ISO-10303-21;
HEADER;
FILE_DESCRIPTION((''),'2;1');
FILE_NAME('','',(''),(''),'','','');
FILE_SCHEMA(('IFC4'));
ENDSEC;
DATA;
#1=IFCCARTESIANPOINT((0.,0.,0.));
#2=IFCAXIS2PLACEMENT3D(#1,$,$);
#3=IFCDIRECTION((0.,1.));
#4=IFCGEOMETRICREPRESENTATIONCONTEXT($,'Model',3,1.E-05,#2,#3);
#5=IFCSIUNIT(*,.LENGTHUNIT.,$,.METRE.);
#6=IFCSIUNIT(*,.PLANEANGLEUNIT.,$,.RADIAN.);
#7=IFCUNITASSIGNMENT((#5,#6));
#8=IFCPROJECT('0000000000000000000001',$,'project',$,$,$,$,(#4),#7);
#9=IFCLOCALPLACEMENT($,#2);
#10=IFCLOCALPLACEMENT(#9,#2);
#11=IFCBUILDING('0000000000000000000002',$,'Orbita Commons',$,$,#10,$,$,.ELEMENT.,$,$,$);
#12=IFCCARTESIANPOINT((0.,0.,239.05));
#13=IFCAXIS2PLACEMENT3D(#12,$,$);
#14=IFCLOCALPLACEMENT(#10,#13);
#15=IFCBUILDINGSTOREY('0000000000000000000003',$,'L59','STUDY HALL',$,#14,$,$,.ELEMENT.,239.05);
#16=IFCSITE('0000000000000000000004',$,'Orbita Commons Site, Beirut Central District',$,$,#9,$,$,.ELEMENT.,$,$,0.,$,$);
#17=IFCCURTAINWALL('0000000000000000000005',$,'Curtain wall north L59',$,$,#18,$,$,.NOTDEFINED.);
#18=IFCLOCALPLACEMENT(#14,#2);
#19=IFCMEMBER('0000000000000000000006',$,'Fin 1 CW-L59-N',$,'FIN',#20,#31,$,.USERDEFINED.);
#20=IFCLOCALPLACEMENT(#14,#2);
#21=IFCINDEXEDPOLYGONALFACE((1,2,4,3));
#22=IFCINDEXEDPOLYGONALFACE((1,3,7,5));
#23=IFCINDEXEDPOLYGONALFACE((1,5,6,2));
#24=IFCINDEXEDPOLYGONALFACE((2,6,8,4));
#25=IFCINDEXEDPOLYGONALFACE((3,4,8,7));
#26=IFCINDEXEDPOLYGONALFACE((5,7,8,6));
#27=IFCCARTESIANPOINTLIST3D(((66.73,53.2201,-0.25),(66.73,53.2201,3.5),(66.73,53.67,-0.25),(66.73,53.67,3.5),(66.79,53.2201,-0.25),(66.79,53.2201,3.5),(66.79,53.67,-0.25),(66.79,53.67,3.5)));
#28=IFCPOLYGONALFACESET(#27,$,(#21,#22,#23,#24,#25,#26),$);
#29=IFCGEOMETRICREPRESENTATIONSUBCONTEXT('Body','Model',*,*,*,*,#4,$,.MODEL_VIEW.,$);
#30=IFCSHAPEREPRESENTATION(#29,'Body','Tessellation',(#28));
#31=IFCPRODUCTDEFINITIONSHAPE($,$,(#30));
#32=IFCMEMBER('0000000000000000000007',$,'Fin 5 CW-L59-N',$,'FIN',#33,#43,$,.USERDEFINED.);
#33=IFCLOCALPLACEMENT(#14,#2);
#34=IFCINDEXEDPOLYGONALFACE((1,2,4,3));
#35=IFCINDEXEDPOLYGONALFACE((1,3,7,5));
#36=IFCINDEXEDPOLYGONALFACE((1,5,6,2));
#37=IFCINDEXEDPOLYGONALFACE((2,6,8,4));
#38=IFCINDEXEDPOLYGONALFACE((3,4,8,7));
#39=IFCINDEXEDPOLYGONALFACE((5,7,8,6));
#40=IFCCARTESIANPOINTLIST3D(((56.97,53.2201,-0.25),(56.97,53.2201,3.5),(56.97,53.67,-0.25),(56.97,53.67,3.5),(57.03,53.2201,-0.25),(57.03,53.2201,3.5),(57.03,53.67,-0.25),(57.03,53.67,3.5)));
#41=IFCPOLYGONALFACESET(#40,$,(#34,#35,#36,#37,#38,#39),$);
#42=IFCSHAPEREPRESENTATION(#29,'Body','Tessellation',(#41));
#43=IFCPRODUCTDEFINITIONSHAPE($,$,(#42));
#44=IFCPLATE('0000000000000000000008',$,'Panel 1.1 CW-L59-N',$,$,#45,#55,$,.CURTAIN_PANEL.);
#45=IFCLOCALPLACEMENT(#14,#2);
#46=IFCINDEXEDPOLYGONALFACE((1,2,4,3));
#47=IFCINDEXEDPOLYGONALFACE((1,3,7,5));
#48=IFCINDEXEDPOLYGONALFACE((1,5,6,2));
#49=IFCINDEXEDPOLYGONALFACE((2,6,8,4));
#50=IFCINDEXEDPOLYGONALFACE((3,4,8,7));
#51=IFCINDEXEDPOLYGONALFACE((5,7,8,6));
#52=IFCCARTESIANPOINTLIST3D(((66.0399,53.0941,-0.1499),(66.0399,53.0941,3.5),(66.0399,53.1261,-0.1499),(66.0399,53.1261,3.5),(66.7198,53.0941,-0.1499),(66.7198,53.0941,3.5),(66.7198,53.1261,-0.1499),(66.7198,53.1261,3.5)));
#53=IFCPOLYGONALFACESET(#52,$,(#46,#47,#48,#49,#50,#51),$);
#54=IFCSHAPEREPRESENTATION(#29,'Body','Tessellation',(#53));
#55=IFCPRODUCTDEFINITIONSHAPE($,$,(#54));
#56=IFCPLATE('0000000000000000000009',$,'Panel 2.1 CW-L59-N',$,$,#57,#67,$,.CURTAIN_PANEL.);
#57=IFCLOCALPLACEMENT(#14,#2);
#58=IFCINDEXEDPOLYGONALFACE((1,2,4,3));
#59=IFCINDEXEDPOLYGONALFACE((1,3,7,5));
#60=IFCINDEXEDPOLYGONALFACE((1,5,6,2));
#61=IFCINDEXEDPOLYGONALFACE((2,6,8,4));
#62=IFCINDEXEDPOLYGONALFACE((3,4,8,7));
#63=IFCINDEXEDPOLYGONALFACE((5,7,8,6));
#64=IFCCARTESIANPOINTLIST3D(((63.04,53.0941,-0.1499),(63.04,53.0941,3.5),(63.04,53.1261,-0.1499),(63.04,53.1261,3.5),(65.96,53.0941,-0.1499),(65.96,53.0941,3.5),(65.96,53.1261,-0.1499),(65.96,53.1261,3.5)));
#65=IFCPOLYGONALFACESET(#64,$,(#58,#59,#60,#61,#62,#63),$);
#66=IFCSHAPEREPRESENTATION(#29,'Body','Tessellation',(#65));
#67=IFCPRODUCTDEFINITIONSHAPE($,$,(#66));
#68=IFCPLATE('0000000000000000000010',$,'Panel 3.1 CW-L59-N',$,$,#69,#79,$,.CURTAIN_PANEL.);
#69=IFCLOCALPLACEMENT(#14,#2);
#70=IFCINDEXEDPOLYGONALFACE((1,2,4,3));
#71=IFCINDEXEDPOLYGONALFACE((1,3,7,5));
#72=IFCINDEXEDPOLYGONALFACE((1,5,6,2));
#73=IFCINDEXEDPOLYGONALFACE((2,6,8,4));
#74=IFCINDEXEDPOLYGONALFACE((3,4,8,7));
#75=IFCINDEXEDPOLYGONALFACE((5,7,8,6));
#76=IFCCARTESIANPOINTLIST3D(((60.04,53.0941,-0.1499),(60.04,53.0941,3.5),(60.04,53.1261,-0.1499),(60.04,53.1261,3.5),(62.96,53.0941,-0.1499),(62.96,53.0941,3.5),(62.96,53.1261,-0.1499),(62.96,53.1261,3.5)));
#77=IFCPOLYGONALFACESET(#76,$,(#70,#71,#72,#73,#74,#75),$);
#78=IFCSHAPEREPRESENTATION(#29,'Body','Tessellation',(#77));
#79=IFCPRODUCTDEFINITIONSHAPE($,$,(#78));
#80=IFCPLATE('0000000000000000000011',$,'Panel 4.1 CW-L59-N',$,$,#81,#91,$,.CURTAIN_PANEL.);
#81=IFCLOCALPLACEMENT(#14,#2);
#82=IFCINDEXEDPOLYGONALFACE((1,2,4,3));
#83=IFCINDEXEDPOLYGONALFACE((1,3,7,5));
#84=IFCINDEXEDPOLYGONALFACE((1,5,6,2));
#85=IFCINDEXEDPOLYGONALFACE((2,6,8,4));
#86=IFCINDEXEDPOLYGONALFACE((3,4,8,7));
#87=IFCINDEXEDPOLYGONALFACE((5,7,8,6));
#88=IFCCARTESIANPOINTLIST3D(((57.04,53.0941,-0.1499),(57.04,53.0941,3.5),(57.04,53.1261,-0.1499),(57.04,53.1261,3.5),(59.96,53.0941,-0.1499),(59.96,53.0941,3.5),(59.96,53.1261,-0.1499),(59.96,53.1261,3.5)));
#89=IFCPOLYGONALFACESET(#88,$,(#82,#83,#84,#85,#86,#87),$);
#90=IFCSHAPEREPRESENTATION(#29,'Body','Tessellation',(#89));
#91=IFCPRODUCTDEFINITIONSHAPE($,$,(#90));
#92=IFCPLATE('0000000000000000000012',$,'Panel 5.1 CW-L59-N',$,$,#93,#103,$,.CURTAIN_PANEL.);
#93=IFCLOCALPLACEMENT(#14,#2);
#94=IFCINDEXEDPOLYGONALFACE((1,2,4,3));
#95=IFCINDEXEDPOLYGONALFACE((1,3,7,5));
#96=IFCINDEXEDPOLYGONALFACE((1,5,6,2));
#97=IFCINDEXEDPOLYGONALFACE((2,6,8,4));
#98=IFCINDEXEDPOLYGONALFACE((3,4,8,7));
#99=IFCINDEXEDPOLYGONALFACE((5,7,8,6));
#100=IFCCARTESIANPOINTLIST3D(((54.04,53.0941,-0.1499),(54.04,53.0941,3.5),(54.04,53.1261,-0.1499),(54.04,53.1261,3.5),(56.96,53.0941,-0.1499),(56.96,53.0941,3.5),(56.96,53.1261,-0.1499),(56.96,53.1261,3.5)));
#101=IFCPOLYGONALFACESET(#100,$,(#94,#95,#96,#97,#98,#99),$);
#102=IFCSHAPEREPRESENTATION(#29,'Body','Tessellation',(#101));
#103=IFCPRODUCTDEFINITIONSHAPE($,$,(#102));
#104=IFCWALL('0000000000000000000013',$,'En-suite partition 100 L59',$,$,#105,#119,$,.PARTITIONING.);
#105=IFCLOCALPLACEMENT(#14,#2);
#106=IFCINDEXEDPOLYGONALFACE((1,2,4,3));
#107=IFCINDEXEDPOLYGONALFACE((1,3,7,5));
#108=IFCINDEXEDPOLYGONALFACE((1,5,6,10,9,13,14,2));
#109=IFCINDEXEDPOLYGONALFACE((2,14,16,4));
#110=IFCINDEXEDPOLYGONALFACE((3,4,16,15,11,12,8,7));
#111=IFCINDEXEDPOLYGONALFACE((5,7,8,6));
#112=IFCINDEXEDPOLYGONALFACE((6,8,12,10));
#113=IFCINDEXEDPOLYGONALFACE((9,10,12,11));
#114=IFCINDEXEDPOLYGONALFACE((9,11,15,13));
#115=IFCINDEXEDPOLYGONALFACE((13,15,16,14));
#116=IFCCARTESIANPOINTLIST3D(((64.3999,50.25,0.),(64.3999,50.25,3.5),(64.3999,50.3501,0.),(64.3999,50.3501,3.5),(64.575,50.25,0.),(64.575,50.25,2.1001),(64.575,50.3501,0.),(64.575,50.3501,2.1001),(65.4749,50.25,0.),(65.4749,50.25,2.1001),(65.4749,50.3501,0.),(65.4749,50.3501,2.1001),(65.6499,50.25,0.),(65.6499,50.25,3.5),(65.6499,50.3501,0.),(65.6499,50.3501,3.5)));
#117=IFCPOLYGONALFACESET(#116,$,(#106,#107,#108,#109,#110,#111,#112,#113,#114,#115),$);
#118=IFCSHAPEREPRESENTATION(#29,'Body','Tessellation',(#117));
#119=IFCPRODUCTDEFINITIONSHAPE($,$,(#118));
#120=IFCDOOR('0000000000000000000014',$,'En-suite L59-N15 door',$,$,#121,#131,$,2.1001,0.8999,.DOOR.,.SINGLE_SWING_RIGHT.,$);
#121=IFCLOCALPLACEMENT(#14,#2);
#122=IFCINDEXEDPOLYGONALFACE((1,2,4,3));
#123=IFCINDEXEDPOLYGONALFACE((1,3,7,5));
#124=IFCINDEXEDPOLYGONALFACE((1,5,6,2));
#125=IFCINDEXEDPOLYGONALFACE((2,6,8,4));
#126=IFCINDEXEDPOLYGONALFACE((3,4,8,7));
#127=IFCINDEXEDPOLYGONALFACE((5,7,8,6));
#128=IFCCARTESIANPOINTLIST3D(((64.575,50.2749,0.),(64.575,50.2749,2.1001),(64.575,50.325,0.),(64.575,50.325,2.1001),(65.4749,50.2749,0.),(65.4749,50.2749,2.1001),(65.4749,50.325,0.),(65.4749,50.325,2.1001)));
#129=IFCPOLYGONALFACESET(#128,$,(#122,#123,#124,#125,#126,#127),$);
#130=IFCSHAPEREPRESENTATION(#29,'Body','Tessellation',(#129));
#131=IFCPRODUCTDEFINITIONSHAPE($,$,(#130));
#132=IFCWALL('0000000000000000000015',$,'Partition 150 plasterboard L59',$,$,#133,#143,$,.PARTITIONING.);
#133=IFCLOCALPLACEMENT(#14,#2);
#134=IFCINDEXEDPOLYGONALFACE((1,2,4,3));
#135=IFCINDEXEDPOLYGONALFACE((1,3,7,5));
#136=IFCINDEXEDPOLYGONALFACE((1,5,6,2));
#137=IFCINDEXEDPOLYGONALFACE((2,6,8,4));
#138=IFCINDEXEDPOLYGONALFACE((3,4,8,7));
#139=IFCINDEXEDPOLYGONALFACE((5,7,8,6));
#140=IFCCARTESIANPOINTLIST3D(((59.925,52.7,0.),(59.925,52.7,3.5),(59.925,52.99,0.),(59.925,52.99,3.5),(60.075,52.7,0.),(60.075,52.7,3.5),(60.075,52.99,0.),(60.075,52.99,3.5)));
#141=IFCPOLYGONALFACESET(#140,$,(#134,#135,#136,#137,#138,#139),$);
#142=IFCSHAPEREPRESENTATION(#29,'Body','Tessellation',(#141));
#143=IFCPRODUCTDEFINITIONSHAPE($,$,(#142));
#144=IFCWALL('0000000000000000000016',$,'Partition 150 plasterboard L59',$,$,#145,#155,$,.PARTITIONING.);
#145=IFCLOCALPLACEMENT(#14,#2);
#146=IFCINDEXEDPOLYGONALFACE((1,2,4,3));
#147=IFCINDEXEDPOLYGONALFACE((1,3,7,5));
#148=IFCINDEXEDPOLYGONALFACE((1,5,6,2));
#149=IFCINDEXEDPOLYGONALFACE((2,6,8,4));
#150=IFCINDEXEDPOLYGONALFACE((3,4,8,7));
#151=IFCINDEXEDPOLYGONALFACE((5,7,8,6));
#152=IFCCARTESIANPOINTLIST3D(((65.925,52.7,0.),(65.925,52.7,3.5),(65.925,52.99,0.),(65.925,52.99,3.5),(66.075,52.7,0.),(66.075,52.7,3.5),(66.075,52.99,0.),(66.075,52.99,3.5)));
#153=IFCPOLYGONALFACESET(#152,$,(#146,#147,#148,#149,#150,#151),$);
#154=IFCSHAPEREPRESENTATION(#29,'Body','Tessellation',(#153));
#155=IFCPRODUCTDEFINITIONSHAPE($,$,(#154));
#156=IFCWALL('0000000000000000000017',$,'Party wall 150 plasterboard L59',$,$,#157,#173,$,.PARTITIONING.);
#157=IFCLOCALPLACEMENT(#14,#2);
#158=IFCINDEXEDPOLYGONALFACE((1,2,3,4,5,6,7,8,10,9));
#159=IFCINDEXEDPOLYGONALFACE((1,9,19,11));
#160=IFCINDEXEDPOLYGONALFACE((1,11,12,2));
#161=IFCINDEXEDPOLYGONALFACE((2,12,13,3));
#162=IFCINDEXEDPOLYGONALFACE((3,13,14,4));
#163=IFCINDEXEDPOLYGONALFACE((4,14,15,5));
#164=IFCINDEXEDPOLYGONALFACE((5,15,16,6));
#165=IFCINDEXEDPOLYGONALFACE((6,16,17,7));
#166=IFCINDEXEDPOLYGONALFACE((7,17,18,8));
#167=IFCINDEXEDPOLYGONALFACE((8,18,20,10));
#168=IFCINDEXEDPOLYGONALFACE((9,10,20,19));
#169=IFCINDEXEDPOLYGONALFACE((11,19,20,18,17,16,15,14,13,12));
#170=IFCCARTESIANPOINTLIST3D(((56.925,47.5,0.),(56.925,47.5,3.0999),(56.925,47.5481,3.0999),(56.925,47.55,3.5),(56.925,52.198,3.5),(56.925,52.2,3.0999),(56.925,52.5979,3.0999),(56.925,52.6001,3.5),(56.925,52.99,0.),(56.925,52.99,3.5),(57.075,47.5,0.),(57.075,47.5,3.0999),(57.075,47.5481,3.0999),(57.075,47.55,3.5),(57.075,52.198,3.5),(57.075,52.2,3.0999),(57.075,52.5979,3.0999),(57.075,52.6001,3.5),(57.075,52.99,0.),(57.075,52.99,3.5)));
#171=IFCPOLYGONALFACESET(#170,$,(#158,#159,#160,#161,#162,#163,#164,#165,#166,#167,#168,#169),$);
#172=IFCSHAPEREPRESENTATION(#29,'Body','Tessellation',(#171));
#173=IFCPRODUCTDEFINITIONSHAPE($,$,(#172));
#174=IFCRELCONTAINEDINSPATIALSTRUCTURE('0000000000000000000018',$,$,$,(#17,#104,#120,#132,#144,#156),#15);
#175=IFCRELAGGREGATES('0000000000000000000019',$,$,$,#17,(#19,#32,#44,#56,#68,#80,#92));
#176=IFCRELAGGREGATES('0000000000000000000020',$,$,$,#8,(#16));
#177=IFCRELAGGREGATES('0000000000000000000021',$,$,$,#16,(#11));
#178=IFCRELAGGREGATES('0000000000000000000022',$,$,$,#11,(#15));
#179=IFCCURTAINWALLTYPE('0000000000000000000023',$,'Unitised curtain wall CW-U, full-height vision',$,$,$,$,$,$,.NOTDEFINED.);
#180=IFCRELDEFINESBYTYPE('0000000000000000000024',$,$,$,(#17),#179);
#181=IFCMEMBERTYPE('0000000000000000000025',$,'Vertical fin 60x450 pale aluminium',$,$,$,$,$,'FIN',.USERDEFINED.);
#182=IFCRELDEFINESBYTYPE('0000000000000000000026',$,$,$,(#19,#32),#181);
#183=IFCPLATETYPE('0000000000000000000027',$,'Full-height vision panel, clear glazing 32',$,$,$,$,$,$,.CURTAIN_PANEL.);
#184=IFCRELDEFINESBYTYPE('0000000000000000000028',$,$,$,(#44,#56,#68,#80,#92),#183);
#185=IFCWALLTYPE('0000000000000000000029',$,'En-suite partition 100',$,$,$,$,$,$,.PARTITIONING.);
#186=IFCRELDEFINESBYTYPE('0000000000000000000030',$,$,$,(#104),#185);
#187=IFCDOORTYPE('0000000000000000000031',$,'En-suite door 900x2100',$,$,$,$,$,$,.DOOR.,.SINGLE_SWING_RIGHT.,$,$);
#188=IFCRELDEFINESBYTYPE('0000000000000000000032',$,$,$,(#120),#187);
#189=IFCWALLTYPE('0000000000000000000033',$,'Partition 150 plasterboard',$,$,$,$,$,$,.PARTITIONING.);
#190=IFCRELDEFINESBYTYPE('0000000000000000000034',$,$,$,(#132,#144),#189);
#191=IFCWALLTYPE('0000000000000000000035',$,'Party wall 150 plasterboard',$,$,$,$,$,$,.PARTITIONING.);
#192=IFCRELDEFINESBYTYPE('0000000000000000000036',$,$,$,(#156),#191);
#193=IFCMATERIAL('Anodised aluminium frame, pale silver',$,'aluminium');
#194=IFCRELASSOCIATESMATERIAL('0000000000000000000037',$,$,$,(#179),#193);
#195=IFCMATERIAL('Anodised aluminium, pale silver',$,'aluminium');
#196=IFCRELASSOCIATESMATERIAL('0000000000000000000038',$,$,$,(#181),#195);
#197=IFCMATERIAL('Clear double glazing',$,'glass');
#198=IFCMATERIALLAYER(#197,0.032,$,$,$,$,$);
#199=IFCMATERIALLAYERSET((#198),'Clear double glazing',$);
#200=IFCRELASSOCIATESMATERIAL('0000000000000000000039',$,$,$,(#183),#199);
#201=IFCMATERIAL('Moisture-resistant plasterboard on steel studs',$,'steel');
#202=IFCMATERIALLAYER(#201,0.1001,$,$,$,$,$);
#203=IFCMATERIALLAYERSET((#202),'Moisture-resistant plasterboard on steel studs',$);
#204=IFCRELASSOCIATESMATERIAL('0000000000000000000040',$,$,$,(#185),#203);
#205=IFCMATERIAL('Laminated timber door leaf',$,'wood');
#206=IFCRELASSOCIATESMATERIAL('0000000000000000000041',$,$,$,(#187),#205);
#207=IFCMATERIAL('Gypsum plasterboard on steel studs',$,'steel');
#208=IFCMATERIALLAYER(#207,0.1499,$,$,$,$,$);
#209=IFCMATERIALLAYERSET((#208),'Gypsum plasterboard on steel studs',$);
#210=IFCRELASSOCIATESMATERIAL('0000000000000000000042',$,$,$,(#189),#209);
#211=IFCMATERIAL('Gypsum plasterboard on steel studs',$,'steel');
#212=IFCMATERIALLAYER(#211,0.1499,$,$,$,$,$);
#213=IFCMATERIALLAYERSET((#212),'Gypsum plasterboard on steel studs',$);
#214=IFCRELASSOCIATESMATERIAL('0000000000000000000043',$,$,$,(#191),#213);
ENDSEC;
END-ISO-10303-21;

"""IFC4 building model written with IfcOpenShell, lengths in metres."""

from ifc_helpers import new_model, si_unit, direction, frame, frame_2d, origin, origin_2d, place, context, subcontext, project, spatial, polyline, rectangle, outline, extrude, material, layer, layer_set, material_profile, profile_set, type_object, element, fill, aggregate, save


model = new_model("IFC4")

# Units and contexts
model_context = context("Model", 3, precision=1e-05, world=origin(), true_north=direction((0.0, 1.0)))
body_context = subcontext(model_context, "Body", "Model", "MODEL_VIEW")
ifc_project = project(units=[si_unit("LENGTHUNIT", "METRE"), si_unit("PLANEANGLEUNIT", "RADIAN")], contexts=[model_context])

# Site, building, storey
site_placement = place(None, origin())
site = spatial("IfcSite", under=ifc_project, at=site_placement, Name="Orbita Commons Site, Beirut Central District", CompositionType="ELEMENT", RefElevation=0.0)
building_placement = place(site_placement, origin())
building = spatial("IfcBuilding", under=site, at=building_placement, Name="Orbita Commons", CompositionType="ELEMENT")
storey_placement = place(building_placement, frame((0.0, 0.0, 239.05)))
storey = spatial("IfcBuildingStorey", under=building, at=storey_placement, Name="L59", Description="STUDY HALL", CompositionType="ELEMENT", Elevation=239.05)

# Curtain wall
ifc_material_1 = material(Name="Anodised aluminium frame, pale silver", Category="aluminium")
curtain_wall_type = type_object("IfcCurtainWallType", Name="Unitised curtain wall CW-U, full-height vision", PredefinedType="NOTDEFINED", material=ifc_material_1)
curtain_wall_placement = place(storey_placement, origin())
curtain_wall = element("IfcCurtainWall", 1, at=curtain_wall_placement, inside=storey, type_object=curtain_wall_type, Name="Curtain wall north L59", PredefinedType="NOTDEFINED")

# Members
ifc_material_2 = material(Name="Anodised aluminium, pale silver", Category="aluminium")
ifc_material_profile_1 = material_profile(ifc_material_2, rectangle(XDim=0.0601, YDim=0.45, at=origin_2d()), Name="FIN 60x450")
ifc_profile_set_1 = profile_set([ifc_material_profile_1], Name="Anodised aluminium, pale silver")
member_type_1 = type_object("IfcMemberType", Name="Vertical fin 60x450 pale aluminium", ElementType="FIN", PredefinedType="USERDEFINED", material=ifc_profile_set_1)
member_1_placement = place(storey_placement, frame((66.76, 53.4451, -0.25), z_axis=(0.0, 0.0, 1.0), x_axis=(-1.0, 0.0, 0.0)))
member_1 = element("IfcMember", 2, at=member_1_placement, type_object=member_type_1, Name="Fin 1 CW-L59-N", ObjectType="FIN", PredefinedType="USERDEFINED", context=body_context, shape_type="SweptSolid", body=[
    extrude(rectangle(XDim=0.0601, YDim=0.45, at=origin_2d()), origin(), (0.0, 0.0, 1.0), 3.75),
])
member_2_placement = place(storey_placement, frame((57.0, 53.4451, -0.25), z_axis=(0.0, 0.0, 1.0), x_axis=(-1.0, 0.0, 0.0)))
member_2 = element("IfcMember", 3, at=member_2_placement, type_object=member_type_1, Name="Fin 5 CW-L59-N", ObjectType="FIN", PredefinedType="USERDEFINED", context=body_context, shape_type="SweptSolid", body=[
    extrude(rectangle(XDim=0.0601, YDim=0.45, at=origin_2d()), origin(), (0.0, 0.0, 1.0), 3.75),
])

# Plates
ifc_material_3 = material(Name="Clear double glazing", Category="glass")
ifc_layer_1 = layer(ifc_material_3, 0.032)
ifc_layer_set_1 = layer_set([ifc_layer_1], Name="Clear double glazing")
plate_type = type_object("IfcPlateType", Name="Full-height vision panel, clear glazing 32", PredefinedType="CURTAIN_PANEL", material=ifc_layer_set_1)
plate_1_placement = place(storey_placement, frame((66.3799, 53.1101, -0.1499), z_axis=(0.0, 0.0, 1.0), x_axis=(-1.0, 0.0, 0.0)))
plate_1 = element("IfcPlate", 4, at=plate_1_placement, type_object=plate_type, Name="Panel 1.1 CW-L59-N", PredefinedType="CURTAIN_PANEL", context=body_context, shape_type="SweptSolid", body=[
    extrude(rectangle(XDim=0.6799, YDim=0.032, at=origin_2d()), origin(), (0.0, 0.0, 1.0), 3.6499),
])
plate_2_placement = place(storey_placement, frame((64.5, 53.1101, -0.1499), z_axis=(0.0, 0.0, 1.0), x_axis=(-1.0, 0.0, 0.0)))
plate_2 = element("IfcPlate", 5, at=plate_2_placement, type_object=plate_type, Name="Panel 2.1 CW-L59-N", PredefinedType="CURTAIN_PANEL", context=body_context, shape_type="SweptSolid", body=[
    extrude(rectangle(XDim=2.9199, YDim=0.032, at=origin_2d()), origin(), (0.0, 0.0, 1.0), 3.6499),
])
plate_3_placement = place(storey_placement, frame((61.5, 53.1101, -0.1499), z_axis=(0.0, 0.0, 1.0), x_axis=(-1.0, 0.0, 0.0)))
plate_3 = element("IfcPlate", 6, at=plate_3_placement, type_object=plate_type, Name="Panel 3.1 CW-L59-N", PredefinedType="CURTAIN_PANEL", context=body_context, shape_type="SweptSolid", body=[
    extrude(rectangle(XDim=2.9199, YDim=0.032, at=origin_2d()), origin(), (0.0, 0.0, 1.0), 3.6499),
])
plate_4_placement = place(storey_placement, frame((58.5, 53.1101, -0.1499), z_axis=(0.0, 0.0, 1.0), x_axis=(-1.0, 0.0, 0.0)))
plate_4 = element("IfcPlate", 7, at=plate_4_placement, type_object=plate_type, Name="Panel 4.1 CW-L59-N", PredefinedType="CURTAIN_PANEL", context=body_context, shape_type="SweptSolid", body=[
    extrude(rectangle(XDim=2.9199, YDim=0.032, at=origin_2d()), origin(), (0.0, 0.0, 1.0), 3.6499),
])
plate_5_placement = place(storey_placement, frame((55.5, 53.1101, -0.1499), z_axis=(0.0, 0.0, 1.0), x_axis=(-1.0, 0.0, 0.0)))
plate_5 = element("IfcPlate", 8, at=plate_5_placement, type_object=plate_type, Name="Panel 5.1 CW-L59-N", PredefinedType="CURTAIN_PANEL", context=body_context, shape_type="SweptSolid", body=[
    extrude(rectangle(XDim=2.9199, YDim=0.032, at=origin_2d()), origin(), (0.0, 0.0, 1.0), 3.6499),
])
aggregate(curtain_wall, [member_1, member_2, plate_1, plate_2, plate_3, plate_4, plate_5])

# Wall, opening, door
ifc_material_4 = material(Name="Moisture-resistant plasterboard on steel studs", Category="steel")
ifc_layer_2 = layer(ifc_material_4, 0.1001)
ifc_layer_set_2 = layer_set([ifc_layer_2], Name="Moisture-resistant plasterboard on steel studs")
wall_type_1 = type_object("IfcWallType", Name="En-suite partition 100", PredefinedType="PARTITIONING", material=ifc_layer_set_2)
wall_1_placement = place(storey_placement, frame((64.3999, 50.3, 0.0), z_axis=(0.0, 0.0, 1.0), x_axis=(1.0, 0.0, 0.0)))
wall_1 = element("IfcWall", 9, at=wall_1_placement, inside=storey, type_object=wall_type_1, Name="En-suite partition 100 L59", PredefinedType="PARTITIONING", context=body_context, shape_type="SweptSolid", body=[
    extrude(rectangle(XDim=1.25, YDim=0.1001, at=frame_2d((0.625, 0.0))), origin(), (0.0, 0.0, 1.0), 3.5),
])
opening_1_placement = place(wall_1_placement, frame((0.175, 0.0, 0.0)))
opening_1 = element("IfcOpeningElement", 10, at=opening_1_placement, cuts=wall_1, PredefinedType="OPENING", context=body_context, shape_type="SweptSolid", body=[
    extrude(rectangle(XDim=0.8999, YDim=2.1001, at=frame_2d((0.45, 1.05))), frame((0.0, 0.0601, 0.0), z_axis=(0.0, -1.0, 0.0), x_axis=(1.0, 0.0, 0.0)), (0.0, 0.0, 1.0), 0.1201),
])
ifc_material_5 = material(Name="Laminated timber door leaf", Category="wood")
door_type = type_object("IfcDoorType", Name="En-suite door 900x2100", OperationType="SINGLE_SWING_RIGHT", PredefinedType="DOOR", material=ifc_material_5)
door_placement = place(opening_1_placement, origin())
door = element("IfcDoor", 11, at=door_placement, inside=storey, type_object=door_type, Name="En-suite L59-N15 door", OperationType="SINGLE_SWING_RIGHT", OverallHeight=2.1001, OverallWidth=0.8999, PredefinedType="DOOR", context=body_context, shape_type="SweptSolid", body=[
    extrude(rectangle(XDim=0.8999, YDim=2.1001, at=frame_2d((0.45, 1.05))), frame((0.0, 0.0249, 0.0), z_axis=(0.0, -1.0, 0.0), x_axis=(1.0, 0.0, 0.0)), (0.0, 0.0, 1.0), 0.05),
])
fill(opening_1, door)

# Walls
ifc_material_6 = material(Name="Gypsum plasterboard on steel studs", Category="steel")
ifc_layer_3 = layer(ifc_material_6, 0.1499)
ifc_layer_set_3 = layer_set([ifc_layer_3], Name="Gypsum plasterboard on steel studs")
wall_type_2 = type_object("IfcWallType", Name="Partition 150 plasterboard", PredefinedType="PARTITIONING", material=ifc_layer_set_3)
for number, where, z_axis, x_axis, name in (
    (12, (60.0, 52.7, 0.0), (0.0, 0.0, 1.0), (0.0, 1.0, 0.0), "Partition 150 plasterboard L59"),
    (13, (66.0, 52.7, 0.0), (0.0, 0.0, 1.0), (0.0, 1.0, 0.0), "Partition 150 plasterboard L59"),
):
    element("IfcWall", number, at=place(storey_placement, frame(where, z_axis=z_axis, x_axis=x_axis)), inside=storey, type_object=wall_type_2, Name=name, PredefinedType="PARTITIONING", context=body_context, shape_type="SweptSolid", body=[
        extrude(rectangle(XDim=0.29, YDim=0.1499, at=frame_2d((0.145, 0.0))), origin(), (0.0, 0.0, 1.0), 3.5),
    ])
ifc_material_7 = material(Name="Gypsum plasterboard on steel studs", Category="steel")
ifc_layer_4 = layer(ifc_material_7, 0.1499)
ifc_layer_set_4 = layer_set([ifc_layer_4], Name="Gypsum plasterboard on steel studs")
wall_type_3 = type_object("IfcWallType", Name="Party wall 150 plasterboard", PredefinedType="PARTITIONING", material=ifc_layer_set_4)
for number, where, z_axis, x_axis, name in (
    (14, (57.0, 52.99, 0.0), (0.0, 0.0, 1.0), (0.0, -1.0, 0.0), "Party wall 150 plasterboard L59"),
):
    element("IfcWall", number, at=place(storey_placement, frame(where, z_axis=z_axis, x_axis=x_axis)), inside=storey, type_object=wall_type_3, Name=name, PredefinedType="PARTITIONING", context=body_context, shape_type="SweptSolid", body=[
        extrude(outline(polyline([(0.0, 0.0), (5.49, 0.0), (5.49, 3.0999), (5.4419, 3.0999), (5.4399, 3.5), (0.792, 3.5), (0.79, 3.0999), (0.3921, 3.0999), (0.3899, 3.5), (0.0, 3.5), (0.0, 0.0)])), frame((0.0, 0.075, 0.0), z_axis=(0.0, -1.0, 0.0), x_axis=(1.0, 0.0, 0.0)), (0.0, 0.0, 1.0), 0.1499),
    ])

save(model, "model.ifc")
